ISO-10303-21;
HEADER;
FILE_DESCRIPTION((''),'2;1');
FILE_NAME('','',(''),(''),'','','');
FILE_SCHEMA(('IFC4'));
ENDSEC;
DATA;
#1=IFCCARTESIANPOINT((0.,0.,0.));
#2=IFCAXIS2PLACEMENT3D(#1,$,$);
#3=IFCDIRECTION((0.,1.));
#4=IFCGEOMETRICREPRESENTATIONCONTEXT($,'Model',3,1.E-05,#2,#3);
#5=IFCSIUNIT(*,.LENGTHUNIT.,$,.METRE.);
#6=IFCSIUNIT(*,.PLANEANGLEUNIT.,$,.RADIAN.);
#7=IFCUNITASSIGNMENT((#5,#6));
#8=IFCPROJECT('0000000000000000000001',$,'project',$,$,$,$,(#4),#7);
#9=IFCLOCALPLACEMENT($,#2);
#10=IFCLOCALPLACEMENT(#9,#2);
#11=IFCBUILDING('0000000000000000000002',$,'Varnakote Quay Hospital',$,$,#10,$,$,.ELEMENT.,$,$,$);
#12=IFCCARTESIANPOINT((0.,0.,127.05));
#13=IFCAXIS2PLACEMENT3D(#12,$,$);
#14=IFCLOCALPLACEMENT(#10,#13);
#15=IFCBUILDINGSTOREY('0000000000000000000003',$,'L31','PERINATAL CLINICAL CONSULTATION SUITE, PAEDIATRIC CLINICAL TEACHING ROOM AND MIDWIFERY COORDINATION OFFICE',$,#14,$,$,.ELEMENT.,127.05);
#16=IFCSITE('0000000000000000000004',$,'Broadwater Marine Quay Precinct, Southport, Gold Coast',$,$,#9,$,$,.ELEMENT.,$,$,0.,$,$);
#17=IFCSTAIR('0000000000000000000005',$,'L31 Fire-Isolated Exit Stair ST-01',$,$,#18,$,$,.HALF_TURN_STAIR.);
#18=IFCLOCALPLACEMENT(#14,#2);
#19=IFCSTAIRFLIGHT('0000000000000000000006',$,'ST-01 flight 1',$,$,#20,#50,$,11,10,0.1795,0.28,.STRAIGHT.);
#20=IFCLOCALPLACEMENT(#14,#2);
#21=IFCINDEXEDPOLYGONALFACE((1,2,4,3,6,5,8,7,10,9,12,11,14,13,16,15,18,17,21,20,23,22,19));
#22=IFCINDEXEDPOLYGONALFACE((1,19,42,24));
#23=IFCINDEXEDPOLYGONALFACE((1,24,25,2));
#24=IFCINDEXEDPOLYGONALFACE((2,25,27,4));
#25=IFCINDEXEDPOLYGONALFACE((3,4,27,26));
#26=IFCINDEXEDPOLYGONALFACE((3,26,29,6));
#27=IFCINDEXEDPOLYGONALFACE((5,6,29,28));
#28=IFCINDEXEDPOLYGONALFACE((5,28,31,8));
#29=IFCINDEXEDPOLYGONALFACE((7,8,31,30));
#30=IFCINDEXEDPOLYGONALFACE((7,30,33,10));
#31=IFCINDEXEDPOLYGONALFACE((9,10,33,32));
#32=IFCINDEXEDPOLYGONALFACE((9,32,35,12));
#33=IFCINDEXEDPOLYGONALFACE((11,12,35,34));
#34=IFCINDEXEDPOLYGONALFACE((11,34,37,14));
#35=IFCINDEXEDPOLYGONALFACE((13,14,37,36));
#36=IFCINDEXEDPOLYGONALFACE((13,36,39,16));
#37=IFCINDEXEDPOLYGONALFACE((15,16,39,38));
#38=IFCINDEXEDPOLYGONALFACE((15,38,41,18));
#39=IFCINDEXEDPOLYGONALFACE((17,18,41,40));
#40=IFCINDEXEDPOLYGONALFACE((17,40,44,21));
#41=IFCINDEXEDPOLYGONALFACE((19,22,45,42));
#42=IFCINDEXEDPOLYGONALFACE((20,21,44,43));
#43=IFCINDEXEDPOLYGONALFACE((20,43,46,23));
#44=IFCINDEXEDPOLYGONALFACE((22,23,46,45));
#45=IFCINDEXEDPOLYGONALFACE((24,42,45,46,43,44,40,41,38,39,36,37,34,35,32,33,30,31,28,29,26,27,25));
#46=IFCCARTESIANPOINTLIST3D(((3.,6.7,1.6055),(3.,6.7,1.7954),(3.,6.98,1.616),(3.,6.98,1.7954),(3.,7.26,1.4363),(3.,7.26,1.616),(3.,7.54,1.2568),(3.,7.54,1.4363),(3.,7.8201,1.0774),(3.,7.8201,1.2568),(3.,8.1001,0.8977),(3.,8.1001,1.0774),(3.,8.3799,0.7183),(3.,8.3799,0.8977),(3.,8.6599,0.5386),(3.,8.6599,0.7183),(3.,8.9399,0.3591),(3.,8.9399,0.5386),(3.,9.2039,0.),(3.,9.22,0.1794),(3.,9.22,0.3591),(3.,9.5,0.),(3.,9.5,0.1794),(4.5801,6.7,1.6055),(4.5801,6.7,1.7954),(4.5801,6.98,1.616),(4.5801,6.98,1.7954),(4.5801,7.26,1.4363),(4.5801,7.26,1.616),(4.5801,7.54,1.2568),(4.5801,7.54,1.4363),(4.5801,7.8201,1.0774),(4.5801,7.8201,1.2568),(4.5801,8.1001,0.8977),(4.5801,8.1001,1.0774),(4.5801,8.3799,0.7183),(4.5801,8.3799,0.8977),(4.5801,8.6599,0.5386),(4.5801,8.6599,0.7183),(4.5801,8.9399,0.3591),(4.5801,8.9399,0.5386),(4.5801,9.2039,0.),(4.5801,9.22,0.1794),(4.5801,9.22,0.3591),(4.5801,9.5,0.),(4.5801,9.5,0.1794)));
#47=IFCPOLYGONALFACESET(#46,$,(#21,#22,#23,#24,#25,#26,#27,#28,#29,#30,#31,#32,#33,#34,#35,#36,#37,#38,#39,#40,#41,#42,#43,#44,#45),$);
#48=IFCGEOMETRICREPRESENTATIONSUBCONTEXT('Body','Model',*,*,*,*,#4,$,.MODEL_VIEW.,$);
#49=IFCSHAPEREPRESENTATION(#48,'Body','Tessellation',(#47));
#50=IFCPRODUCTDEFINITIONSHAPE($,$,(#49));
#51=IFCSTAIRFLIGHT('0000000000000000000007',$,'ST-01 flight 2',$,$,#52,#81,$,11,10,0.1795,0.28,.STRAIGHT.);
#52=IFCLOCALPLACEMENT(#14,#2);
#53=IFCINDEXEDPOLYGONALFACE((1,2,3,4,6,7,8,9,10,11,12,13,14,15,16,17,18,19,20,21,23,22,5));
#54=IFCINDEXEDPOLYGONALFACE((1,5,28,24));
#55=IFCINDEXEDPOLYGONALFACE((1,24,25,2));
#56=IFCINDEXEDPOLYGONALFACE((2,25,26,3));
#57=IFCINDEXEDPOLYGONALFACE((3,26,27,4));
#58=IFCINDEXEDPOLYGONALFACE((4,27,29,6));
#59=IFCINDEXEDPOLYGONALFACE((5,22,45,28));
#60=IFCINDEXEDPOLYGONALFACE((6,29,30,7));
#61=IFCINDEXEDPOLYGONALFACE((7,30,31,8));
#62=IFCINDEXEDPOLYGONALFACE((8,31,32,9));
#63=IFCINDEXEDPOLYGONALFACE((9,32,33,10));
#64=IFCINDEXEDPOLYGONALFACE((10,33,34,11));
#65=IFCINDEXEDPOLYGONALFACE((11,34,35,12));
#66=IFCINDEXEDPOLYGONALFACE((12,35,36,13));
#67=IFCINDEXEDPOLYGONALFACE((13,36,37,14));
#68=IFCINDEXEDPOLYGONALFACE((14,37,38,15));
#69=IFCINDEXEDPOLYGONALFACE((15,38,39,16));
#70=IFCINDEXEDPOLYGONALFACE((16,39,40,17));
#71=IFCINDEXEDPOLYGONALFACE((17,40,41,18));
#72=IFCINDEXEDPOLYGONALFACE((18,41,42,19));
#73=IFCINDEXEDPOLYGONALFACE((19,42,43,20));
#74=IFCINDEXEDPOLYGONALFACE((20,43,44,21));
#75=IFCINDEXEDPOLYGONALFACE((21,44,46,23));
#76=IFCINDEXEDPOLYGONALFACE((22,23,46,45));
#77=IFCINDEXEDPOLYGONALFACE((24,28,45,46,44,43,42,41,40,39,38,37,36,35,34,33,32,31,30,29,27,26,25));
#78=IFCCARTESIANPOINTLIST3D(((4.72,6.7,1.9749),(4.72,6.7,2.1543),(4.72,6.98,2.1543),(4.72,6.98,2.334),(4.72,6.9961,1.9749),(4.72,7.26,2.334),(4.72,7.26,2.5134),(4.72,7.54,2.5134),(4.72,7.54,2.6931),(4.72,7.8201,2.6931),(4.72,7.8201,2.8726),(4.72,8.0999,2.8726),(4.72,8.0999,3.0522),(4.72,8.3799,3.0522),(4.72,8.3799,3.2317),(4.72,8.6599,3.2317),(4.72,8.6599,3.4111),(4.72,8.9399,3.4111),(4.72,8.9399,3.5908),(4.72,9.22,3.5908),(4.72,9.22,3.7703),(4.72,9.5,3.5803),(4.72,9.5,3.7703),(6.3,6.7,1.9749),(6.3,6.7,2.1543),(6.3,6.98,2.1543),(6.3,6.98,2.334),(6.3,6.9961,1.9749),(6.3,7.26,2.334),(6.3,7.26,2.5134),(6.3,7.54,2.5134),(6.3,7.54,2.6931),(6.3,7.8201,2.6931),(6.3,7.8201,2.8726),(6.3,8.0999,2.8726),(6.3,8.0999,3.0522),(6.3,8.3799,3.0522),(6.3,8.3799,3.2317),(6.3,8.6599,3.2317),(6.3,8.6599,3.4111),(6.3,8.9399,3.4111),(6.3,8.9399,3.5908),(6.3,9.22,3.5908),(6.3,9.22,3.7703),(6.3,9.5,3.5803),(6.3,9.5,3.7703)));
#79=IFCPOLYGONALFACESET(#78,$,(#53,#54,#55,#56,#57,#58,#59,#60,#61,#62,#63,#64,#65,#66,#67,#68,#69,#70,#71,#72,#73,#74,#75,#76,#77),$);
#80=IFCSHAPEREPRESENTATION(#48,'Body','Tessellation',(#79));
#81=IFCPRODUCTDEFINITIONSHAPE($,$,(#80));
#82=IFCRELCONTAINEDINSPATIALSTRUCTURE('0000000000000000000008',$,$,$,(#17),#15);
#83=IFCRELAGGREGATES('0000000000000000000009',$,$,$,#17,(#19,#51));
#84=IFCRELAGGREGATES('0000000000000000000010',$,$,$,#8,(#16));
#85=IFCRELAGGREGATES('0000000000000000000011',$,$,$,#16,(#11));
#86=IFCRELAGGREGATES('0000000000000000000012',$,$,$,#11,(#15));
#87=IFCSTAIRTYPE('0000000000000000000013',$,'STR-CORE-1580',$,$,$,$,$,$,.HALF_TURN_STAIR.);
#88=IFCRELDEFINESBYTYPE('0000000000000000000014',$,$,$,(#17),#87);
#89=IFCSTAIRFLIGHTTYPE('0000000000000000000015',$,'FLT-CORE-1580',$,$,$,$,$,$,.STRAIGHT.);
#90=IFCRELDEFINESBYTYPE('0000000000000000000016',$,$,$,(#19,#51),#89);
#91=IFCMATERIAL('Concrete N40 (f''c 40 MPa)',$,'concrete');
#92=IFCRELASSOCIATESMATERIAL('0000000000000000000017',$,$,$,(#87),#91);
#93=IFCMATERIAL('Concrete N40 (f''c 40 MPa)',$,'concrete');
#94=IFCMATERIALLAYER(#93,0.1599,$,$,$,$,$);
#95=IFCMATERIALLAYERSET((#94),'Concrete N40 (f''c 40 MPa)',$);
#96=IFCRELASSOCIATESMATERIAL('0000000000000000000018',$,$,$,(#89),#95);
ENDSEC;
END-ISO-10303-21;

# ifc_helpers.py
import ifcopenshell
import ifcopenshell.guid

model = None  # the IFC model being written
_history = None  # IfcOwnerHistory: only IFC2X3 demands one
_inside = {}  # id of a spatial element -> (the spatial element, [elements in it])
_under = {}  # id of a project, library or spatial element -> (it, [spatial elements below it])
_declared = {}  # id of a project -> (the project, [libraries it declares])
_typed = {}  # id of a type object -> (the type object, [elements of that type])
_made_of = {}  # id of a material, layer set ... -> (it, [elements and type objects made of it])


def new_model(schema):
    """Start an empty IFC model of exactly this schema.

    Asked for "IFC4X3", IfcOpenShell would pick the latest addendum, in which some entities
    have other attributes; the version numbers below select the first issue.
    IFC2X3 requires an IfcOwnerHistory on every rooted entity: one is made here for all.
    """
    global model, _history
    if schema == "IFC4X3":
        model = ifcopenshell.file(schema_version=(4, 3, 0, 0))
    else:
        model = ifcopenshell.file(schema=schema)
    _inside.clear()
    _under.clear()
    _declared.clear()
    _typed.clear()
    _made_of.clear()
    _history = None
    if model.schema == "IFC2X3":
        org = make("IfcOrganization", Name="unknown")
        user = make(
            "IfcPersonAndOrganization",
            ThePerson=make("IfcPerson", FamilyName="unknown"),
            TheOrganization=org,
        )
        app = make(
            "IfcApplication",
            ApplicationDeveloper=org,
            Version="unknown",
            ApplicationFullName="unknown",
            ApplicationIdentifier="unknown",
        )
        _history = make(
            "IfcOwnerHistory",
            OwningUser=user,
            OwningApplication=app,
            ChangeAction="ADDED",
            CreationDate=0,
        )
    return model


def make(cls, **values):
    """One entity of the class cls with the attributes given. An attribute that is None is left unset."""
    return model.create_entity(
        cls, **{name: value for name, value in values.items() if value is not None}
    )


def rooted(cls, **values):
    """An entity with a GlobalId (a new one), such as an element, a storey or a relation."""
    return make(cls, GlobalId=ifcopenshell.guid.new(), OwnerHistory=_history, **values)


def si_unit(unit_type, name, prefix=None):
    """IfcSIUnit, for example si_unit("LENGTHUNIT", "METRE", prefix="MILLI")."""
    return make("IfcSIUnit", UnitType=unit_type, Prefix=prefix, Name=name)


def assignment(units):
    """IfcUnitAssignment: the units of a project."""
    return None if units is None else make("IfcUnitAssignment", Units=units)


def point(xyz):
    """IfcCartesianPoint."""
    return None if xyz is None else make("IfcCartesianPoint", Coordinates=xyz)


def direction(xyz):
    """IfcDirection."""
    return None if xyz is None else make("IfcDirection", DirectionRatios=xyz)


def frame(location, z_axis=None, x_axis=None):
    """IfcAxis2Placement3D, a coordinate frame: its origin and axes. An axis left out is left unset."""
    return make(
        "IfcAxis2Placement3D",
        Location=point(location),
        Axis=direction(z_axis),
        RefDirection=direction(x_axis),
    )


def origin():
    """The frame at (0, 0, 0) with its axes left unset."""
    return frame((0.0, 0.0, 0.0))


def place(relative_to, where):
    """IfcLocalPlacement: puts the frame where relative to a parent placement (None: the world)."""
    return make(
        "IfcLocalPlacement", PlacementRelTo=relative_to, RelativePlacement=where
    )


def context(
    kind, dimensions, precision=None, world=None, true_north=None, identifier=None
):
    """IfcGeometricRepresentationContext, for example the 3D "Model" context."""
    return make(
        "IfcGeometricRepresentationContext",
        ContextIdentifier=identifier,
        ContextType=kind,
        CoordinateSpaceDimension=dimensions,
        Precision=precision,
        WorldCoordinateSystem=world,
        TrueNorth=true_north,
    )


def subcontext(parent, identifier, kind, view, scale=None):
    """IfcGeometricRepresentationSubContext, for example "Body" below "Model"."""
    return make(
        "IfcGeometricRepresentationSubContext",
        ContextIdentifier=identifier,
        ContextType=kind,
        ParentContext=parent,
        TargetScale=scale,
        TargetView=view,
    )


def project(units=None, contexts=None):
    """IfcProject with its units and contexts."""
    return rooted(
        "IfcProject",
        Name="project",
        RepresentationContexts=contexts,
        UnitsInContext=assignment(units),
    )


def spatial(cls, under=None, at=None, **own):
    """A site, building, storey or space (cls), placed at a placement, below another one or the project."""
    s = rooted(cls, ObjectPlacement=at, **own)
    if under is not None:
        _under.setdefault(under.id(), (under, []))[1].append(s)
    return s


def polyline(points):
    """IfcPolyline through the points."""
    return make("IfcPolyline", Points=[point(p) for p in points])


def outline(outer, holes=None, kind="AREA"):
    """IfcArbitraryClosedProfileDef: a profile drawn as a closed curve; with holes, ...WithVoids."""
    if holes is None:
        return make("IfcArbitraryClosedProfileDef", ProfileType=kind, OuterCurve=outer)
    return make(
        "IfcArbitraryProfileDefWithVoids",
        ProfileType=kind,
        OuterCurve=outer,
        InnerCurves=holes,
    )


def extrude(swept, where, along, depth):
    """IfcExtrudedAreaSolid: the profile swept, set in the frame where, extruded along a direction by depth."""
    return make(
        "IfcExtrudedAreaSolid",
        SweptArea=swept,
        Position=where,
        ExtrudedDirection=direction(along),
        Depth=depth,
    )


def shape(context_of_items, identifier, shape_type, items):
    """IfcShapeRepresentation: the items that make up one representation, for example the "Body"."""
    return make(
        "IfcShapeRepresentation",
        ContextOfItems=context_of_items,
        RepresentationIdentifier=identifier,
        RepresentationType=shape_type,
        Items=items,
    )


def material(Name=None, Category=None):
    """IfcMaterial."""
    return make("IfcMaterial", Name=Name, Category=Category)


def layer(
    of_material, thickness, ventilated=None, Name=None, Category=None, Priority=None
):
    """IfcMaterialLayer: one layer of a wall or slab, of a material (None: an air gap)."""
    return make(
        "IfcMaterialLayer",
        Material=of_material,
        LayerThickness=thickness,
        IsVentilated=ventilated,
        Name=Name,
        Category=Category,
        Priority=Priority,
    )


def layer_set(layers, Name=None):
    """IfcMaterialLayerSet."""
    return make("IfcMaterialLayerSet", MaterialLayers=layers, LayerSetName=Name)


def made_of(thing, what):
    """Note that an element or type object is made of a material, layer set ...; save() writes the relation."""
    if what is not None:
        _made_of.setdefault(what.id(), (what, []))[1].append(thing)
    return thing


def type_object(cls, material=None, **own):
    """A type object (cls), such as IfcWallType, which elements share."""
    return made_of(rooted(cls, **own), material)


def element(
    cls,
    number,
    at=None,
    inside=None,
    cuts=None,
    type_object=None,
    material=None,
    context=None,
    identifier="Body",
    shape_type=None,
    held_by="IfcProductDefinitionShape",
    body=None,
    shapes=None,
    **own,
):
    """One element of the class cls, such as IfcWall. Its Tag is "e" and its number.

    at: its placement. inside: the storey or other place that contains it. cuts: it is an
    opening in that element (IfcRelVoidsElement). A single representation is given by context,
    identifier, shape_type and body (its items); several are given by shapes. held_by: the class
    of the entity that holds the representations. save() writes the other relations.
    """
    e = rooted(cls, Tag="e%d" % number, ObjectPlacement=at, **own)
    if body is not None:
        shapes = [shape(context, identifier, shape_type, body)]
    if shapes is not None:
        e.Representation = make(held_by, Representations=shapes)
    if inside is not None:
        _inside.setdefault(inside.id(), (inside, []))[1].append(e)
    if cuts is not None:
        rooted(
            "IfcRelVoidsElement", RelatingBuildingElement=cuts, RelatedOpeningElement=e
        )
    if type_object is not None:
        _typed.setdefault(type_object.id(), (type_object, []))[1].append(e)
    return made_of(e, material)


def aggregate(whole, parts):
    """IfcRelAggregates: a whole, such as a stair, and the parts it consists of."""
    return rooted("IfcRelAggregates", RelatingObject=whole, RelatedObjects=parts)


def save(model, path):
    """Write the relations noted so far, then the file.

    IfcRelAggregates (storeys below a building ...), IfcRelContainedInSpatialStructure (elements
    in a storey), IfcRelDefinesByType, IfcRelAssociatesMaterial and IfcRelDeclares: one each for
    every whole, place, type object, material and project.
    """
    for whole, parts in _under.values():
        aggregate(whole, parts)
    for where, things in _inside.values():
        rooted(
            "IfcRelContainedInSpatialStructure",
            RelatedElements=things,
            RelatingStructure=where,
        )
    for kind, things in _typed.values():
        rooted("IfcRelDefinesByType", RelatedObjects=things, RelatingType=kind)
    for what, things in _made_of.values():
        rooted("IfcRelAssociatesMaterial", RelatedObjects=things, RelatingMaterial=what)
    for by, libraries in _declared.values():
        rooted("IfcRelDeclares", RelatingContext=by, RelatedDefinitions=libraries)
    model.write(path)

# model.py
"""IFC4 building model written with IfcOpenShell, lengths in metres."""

from ifc_helpers import new_model, si_unit, direction, frame, origin, place, context, subcontext, project, spatial, polyline, outline, extrude, material, layer, layer_set, type_object, element, aggregate, save


model = new_model("IFC4")

# Units and contexts
model_context = context("Model", 3, precision=1e-05, world=origin(), true_north=direction((0.0, 1.0)))
body_context = subcontext(model_context, "Body", "Model", "MODEL_VIEW")
ifc_project = project(units=[si_unit("LENGTHUNIT", "METRE"), si_unit("PLANEANGLEUNIT", "RADIAN")], contexts=[model_context])

# Site, building, storey
site_placement = place(None, origin())
site = spatial("IfcSite", under=ifc_project, at=site_placement, Name="Broadwater Marine Quay Precinct, Southport, Gold Coast", CompositionType="ELEMENT", RefElevation=0.0)
building_placement = place(site_placement, origin())
building = spatial("IfcBuilding", under=site, at=building_placement, Name="Varnakote Quay Hospital", CompositionType="ELEMENT")
storey_placement = place(building_placement, frame((0.0, 0.0, 127.05)))
storey = spatial("IfcBuildingStorey", under=building, at=storey_placement, Name="L31", Description="PERINATAL CLINICAL CONSULTATION SUITE, PAEDIATRIC CLINICAL TEACHING ROOM AND MIDWIFERY COORDINATION OFFICE", CompositionType="ELEMENT", Elevation=127.05)

# Stair, stair flights
ifc_material_1 = material(Name="Concrete N40 (f'c 40 MPa)", Category="concrete")
stair_type = type_object("IfcStairType", Name="STR-CORE-1580", PredefinedType="HALF_TURN_STAIR", material=ifc_material_1)
stair_placement = place(storey_placement, origin())
stair = element("IfcStair", 1, at=stair_placement, inside=storey, type_object=stair_type, Name="L31 Fire-Isolated Exit Stair ST-01", PredefinedType="HALF_TURN_STAIR")
ifc_material_2 = material(Name="Concrete N40 (f'c 40 MPa)", Category="concrete")
ifc_layer_1 = layer(ifc_material_2, 0.1599)
ifc_layer_set_1 = layer_set([ifc_layer_1], Name="Concrete N40 (f'c 40 MPa)")
stair_flight_type = type_object("IfcStairFlightType", Name="FLT-CORE-1580", PredefinedType="STRAIGHT", material=ifc_layer_set_1)
stair_flight_1_placement = place(storey_placement, frame((3.79, 9.5, 0.0), z_axis=(0.0, 0.0, 1.0), x_axis=(0.0, -1.0, 0.0)))
stair_flight_1 = element("IfcStairFlight", 2, at=stair_flight_1_placement, type_object=stair_flight_type, Name="ST-01 flight 1", NumberOfRisers=11, NumberOfTreads=10, PredefinedType="STRAIGHT", RiserHeight=0.1795, TreadLength=0.28, context=body_context, shape_type="SweptSolid", body=[
    extrude(outline(polyline([(0.0, 0.0), (0.0, 0.1794), (0.28, 0.1794), (0.28, 0.3591), (0.5601, 0.3591), (0.5601, 0.5386), (0.8401, 0.5386), (0.8401, 0.7183), (1.1201, 0.7183), (1.1201, 0.8977), (1.3999, 0.8977), (1.3999, 1.0774), (1.6799, 1.0774), (1.6799, 1.2568), (1.96, 1.2568), (1.96, 1.4363), (2.24, 1.4363), (2.24, 1.616), (2.52, 1.616), (2.52, 1.7954), (2.8, 1.7954), (2.8, 1.9751), (2.8, 1.6055), (0.2961, 0.0), (0.0, 0.0)])), frame((0.0, 0.79, 0.0), z_axis=(0.0, -1.0, 0.0), x_axis=(1.0, 0.0, 0.0)), (0.0, 0.0, 1.0), 1.5801),
])
stair_flight_2_placement = place(storey_placement, frame((5.51, 6.7, 1.9749), z_axis=(0.0, 0.0, 1.0), x_axis=(0.0, 1.0, 0.0)))
stair_flight_2 = element("IfcStairFlight", 3, at=stair_flight_2_placement, type_object=stair_flight_type, Name="ST-01 flight 2", NumberOfRisers=11, NumberOfTreads=10, PredefinedType="STRAIGHT", RiserHeight=0.1795, TreadLength=0.28, context=body_context, shape_type="SweptSolid", body=[
    extrude(outline(polyline([(0.0, 0.0), (0.0, 0.1794), (0.28, 0.1794), (0.28, 0.3591), (0.5601, 0.3591), (0.5601, 0.5386), (0.8401, 0.5386), (0.8401, 0.7183), (1.1201, 0.7183), (1.1201, 0.8977), (1.3999, 0.8977), (1.3999, 1.0774), (1.6799, 1.0774), (1.6799, 1.2568), (1.96, 1.2568), (1.96, 1.4363), (2.24, 1.4363), (2.24, 1.616), (2.52, 1.616), (2.52, 1.7954), (2.8, 1.7954), (2.8, 1.9751), (2.8, 1.6055), (0.2961, 0.0), (0.0, 0.0)])), frame((0.0, 0.79, 0.0), z_axis=(0.0, -1.0, 0.0), x_axis=(1.0, 0.0, 0.0)), (0.0, 0.0, 1.0), 1.5801),
])
aggregate(stair, [stair_flight_1, stair_flight_2])

save(model, "model.ifc")
